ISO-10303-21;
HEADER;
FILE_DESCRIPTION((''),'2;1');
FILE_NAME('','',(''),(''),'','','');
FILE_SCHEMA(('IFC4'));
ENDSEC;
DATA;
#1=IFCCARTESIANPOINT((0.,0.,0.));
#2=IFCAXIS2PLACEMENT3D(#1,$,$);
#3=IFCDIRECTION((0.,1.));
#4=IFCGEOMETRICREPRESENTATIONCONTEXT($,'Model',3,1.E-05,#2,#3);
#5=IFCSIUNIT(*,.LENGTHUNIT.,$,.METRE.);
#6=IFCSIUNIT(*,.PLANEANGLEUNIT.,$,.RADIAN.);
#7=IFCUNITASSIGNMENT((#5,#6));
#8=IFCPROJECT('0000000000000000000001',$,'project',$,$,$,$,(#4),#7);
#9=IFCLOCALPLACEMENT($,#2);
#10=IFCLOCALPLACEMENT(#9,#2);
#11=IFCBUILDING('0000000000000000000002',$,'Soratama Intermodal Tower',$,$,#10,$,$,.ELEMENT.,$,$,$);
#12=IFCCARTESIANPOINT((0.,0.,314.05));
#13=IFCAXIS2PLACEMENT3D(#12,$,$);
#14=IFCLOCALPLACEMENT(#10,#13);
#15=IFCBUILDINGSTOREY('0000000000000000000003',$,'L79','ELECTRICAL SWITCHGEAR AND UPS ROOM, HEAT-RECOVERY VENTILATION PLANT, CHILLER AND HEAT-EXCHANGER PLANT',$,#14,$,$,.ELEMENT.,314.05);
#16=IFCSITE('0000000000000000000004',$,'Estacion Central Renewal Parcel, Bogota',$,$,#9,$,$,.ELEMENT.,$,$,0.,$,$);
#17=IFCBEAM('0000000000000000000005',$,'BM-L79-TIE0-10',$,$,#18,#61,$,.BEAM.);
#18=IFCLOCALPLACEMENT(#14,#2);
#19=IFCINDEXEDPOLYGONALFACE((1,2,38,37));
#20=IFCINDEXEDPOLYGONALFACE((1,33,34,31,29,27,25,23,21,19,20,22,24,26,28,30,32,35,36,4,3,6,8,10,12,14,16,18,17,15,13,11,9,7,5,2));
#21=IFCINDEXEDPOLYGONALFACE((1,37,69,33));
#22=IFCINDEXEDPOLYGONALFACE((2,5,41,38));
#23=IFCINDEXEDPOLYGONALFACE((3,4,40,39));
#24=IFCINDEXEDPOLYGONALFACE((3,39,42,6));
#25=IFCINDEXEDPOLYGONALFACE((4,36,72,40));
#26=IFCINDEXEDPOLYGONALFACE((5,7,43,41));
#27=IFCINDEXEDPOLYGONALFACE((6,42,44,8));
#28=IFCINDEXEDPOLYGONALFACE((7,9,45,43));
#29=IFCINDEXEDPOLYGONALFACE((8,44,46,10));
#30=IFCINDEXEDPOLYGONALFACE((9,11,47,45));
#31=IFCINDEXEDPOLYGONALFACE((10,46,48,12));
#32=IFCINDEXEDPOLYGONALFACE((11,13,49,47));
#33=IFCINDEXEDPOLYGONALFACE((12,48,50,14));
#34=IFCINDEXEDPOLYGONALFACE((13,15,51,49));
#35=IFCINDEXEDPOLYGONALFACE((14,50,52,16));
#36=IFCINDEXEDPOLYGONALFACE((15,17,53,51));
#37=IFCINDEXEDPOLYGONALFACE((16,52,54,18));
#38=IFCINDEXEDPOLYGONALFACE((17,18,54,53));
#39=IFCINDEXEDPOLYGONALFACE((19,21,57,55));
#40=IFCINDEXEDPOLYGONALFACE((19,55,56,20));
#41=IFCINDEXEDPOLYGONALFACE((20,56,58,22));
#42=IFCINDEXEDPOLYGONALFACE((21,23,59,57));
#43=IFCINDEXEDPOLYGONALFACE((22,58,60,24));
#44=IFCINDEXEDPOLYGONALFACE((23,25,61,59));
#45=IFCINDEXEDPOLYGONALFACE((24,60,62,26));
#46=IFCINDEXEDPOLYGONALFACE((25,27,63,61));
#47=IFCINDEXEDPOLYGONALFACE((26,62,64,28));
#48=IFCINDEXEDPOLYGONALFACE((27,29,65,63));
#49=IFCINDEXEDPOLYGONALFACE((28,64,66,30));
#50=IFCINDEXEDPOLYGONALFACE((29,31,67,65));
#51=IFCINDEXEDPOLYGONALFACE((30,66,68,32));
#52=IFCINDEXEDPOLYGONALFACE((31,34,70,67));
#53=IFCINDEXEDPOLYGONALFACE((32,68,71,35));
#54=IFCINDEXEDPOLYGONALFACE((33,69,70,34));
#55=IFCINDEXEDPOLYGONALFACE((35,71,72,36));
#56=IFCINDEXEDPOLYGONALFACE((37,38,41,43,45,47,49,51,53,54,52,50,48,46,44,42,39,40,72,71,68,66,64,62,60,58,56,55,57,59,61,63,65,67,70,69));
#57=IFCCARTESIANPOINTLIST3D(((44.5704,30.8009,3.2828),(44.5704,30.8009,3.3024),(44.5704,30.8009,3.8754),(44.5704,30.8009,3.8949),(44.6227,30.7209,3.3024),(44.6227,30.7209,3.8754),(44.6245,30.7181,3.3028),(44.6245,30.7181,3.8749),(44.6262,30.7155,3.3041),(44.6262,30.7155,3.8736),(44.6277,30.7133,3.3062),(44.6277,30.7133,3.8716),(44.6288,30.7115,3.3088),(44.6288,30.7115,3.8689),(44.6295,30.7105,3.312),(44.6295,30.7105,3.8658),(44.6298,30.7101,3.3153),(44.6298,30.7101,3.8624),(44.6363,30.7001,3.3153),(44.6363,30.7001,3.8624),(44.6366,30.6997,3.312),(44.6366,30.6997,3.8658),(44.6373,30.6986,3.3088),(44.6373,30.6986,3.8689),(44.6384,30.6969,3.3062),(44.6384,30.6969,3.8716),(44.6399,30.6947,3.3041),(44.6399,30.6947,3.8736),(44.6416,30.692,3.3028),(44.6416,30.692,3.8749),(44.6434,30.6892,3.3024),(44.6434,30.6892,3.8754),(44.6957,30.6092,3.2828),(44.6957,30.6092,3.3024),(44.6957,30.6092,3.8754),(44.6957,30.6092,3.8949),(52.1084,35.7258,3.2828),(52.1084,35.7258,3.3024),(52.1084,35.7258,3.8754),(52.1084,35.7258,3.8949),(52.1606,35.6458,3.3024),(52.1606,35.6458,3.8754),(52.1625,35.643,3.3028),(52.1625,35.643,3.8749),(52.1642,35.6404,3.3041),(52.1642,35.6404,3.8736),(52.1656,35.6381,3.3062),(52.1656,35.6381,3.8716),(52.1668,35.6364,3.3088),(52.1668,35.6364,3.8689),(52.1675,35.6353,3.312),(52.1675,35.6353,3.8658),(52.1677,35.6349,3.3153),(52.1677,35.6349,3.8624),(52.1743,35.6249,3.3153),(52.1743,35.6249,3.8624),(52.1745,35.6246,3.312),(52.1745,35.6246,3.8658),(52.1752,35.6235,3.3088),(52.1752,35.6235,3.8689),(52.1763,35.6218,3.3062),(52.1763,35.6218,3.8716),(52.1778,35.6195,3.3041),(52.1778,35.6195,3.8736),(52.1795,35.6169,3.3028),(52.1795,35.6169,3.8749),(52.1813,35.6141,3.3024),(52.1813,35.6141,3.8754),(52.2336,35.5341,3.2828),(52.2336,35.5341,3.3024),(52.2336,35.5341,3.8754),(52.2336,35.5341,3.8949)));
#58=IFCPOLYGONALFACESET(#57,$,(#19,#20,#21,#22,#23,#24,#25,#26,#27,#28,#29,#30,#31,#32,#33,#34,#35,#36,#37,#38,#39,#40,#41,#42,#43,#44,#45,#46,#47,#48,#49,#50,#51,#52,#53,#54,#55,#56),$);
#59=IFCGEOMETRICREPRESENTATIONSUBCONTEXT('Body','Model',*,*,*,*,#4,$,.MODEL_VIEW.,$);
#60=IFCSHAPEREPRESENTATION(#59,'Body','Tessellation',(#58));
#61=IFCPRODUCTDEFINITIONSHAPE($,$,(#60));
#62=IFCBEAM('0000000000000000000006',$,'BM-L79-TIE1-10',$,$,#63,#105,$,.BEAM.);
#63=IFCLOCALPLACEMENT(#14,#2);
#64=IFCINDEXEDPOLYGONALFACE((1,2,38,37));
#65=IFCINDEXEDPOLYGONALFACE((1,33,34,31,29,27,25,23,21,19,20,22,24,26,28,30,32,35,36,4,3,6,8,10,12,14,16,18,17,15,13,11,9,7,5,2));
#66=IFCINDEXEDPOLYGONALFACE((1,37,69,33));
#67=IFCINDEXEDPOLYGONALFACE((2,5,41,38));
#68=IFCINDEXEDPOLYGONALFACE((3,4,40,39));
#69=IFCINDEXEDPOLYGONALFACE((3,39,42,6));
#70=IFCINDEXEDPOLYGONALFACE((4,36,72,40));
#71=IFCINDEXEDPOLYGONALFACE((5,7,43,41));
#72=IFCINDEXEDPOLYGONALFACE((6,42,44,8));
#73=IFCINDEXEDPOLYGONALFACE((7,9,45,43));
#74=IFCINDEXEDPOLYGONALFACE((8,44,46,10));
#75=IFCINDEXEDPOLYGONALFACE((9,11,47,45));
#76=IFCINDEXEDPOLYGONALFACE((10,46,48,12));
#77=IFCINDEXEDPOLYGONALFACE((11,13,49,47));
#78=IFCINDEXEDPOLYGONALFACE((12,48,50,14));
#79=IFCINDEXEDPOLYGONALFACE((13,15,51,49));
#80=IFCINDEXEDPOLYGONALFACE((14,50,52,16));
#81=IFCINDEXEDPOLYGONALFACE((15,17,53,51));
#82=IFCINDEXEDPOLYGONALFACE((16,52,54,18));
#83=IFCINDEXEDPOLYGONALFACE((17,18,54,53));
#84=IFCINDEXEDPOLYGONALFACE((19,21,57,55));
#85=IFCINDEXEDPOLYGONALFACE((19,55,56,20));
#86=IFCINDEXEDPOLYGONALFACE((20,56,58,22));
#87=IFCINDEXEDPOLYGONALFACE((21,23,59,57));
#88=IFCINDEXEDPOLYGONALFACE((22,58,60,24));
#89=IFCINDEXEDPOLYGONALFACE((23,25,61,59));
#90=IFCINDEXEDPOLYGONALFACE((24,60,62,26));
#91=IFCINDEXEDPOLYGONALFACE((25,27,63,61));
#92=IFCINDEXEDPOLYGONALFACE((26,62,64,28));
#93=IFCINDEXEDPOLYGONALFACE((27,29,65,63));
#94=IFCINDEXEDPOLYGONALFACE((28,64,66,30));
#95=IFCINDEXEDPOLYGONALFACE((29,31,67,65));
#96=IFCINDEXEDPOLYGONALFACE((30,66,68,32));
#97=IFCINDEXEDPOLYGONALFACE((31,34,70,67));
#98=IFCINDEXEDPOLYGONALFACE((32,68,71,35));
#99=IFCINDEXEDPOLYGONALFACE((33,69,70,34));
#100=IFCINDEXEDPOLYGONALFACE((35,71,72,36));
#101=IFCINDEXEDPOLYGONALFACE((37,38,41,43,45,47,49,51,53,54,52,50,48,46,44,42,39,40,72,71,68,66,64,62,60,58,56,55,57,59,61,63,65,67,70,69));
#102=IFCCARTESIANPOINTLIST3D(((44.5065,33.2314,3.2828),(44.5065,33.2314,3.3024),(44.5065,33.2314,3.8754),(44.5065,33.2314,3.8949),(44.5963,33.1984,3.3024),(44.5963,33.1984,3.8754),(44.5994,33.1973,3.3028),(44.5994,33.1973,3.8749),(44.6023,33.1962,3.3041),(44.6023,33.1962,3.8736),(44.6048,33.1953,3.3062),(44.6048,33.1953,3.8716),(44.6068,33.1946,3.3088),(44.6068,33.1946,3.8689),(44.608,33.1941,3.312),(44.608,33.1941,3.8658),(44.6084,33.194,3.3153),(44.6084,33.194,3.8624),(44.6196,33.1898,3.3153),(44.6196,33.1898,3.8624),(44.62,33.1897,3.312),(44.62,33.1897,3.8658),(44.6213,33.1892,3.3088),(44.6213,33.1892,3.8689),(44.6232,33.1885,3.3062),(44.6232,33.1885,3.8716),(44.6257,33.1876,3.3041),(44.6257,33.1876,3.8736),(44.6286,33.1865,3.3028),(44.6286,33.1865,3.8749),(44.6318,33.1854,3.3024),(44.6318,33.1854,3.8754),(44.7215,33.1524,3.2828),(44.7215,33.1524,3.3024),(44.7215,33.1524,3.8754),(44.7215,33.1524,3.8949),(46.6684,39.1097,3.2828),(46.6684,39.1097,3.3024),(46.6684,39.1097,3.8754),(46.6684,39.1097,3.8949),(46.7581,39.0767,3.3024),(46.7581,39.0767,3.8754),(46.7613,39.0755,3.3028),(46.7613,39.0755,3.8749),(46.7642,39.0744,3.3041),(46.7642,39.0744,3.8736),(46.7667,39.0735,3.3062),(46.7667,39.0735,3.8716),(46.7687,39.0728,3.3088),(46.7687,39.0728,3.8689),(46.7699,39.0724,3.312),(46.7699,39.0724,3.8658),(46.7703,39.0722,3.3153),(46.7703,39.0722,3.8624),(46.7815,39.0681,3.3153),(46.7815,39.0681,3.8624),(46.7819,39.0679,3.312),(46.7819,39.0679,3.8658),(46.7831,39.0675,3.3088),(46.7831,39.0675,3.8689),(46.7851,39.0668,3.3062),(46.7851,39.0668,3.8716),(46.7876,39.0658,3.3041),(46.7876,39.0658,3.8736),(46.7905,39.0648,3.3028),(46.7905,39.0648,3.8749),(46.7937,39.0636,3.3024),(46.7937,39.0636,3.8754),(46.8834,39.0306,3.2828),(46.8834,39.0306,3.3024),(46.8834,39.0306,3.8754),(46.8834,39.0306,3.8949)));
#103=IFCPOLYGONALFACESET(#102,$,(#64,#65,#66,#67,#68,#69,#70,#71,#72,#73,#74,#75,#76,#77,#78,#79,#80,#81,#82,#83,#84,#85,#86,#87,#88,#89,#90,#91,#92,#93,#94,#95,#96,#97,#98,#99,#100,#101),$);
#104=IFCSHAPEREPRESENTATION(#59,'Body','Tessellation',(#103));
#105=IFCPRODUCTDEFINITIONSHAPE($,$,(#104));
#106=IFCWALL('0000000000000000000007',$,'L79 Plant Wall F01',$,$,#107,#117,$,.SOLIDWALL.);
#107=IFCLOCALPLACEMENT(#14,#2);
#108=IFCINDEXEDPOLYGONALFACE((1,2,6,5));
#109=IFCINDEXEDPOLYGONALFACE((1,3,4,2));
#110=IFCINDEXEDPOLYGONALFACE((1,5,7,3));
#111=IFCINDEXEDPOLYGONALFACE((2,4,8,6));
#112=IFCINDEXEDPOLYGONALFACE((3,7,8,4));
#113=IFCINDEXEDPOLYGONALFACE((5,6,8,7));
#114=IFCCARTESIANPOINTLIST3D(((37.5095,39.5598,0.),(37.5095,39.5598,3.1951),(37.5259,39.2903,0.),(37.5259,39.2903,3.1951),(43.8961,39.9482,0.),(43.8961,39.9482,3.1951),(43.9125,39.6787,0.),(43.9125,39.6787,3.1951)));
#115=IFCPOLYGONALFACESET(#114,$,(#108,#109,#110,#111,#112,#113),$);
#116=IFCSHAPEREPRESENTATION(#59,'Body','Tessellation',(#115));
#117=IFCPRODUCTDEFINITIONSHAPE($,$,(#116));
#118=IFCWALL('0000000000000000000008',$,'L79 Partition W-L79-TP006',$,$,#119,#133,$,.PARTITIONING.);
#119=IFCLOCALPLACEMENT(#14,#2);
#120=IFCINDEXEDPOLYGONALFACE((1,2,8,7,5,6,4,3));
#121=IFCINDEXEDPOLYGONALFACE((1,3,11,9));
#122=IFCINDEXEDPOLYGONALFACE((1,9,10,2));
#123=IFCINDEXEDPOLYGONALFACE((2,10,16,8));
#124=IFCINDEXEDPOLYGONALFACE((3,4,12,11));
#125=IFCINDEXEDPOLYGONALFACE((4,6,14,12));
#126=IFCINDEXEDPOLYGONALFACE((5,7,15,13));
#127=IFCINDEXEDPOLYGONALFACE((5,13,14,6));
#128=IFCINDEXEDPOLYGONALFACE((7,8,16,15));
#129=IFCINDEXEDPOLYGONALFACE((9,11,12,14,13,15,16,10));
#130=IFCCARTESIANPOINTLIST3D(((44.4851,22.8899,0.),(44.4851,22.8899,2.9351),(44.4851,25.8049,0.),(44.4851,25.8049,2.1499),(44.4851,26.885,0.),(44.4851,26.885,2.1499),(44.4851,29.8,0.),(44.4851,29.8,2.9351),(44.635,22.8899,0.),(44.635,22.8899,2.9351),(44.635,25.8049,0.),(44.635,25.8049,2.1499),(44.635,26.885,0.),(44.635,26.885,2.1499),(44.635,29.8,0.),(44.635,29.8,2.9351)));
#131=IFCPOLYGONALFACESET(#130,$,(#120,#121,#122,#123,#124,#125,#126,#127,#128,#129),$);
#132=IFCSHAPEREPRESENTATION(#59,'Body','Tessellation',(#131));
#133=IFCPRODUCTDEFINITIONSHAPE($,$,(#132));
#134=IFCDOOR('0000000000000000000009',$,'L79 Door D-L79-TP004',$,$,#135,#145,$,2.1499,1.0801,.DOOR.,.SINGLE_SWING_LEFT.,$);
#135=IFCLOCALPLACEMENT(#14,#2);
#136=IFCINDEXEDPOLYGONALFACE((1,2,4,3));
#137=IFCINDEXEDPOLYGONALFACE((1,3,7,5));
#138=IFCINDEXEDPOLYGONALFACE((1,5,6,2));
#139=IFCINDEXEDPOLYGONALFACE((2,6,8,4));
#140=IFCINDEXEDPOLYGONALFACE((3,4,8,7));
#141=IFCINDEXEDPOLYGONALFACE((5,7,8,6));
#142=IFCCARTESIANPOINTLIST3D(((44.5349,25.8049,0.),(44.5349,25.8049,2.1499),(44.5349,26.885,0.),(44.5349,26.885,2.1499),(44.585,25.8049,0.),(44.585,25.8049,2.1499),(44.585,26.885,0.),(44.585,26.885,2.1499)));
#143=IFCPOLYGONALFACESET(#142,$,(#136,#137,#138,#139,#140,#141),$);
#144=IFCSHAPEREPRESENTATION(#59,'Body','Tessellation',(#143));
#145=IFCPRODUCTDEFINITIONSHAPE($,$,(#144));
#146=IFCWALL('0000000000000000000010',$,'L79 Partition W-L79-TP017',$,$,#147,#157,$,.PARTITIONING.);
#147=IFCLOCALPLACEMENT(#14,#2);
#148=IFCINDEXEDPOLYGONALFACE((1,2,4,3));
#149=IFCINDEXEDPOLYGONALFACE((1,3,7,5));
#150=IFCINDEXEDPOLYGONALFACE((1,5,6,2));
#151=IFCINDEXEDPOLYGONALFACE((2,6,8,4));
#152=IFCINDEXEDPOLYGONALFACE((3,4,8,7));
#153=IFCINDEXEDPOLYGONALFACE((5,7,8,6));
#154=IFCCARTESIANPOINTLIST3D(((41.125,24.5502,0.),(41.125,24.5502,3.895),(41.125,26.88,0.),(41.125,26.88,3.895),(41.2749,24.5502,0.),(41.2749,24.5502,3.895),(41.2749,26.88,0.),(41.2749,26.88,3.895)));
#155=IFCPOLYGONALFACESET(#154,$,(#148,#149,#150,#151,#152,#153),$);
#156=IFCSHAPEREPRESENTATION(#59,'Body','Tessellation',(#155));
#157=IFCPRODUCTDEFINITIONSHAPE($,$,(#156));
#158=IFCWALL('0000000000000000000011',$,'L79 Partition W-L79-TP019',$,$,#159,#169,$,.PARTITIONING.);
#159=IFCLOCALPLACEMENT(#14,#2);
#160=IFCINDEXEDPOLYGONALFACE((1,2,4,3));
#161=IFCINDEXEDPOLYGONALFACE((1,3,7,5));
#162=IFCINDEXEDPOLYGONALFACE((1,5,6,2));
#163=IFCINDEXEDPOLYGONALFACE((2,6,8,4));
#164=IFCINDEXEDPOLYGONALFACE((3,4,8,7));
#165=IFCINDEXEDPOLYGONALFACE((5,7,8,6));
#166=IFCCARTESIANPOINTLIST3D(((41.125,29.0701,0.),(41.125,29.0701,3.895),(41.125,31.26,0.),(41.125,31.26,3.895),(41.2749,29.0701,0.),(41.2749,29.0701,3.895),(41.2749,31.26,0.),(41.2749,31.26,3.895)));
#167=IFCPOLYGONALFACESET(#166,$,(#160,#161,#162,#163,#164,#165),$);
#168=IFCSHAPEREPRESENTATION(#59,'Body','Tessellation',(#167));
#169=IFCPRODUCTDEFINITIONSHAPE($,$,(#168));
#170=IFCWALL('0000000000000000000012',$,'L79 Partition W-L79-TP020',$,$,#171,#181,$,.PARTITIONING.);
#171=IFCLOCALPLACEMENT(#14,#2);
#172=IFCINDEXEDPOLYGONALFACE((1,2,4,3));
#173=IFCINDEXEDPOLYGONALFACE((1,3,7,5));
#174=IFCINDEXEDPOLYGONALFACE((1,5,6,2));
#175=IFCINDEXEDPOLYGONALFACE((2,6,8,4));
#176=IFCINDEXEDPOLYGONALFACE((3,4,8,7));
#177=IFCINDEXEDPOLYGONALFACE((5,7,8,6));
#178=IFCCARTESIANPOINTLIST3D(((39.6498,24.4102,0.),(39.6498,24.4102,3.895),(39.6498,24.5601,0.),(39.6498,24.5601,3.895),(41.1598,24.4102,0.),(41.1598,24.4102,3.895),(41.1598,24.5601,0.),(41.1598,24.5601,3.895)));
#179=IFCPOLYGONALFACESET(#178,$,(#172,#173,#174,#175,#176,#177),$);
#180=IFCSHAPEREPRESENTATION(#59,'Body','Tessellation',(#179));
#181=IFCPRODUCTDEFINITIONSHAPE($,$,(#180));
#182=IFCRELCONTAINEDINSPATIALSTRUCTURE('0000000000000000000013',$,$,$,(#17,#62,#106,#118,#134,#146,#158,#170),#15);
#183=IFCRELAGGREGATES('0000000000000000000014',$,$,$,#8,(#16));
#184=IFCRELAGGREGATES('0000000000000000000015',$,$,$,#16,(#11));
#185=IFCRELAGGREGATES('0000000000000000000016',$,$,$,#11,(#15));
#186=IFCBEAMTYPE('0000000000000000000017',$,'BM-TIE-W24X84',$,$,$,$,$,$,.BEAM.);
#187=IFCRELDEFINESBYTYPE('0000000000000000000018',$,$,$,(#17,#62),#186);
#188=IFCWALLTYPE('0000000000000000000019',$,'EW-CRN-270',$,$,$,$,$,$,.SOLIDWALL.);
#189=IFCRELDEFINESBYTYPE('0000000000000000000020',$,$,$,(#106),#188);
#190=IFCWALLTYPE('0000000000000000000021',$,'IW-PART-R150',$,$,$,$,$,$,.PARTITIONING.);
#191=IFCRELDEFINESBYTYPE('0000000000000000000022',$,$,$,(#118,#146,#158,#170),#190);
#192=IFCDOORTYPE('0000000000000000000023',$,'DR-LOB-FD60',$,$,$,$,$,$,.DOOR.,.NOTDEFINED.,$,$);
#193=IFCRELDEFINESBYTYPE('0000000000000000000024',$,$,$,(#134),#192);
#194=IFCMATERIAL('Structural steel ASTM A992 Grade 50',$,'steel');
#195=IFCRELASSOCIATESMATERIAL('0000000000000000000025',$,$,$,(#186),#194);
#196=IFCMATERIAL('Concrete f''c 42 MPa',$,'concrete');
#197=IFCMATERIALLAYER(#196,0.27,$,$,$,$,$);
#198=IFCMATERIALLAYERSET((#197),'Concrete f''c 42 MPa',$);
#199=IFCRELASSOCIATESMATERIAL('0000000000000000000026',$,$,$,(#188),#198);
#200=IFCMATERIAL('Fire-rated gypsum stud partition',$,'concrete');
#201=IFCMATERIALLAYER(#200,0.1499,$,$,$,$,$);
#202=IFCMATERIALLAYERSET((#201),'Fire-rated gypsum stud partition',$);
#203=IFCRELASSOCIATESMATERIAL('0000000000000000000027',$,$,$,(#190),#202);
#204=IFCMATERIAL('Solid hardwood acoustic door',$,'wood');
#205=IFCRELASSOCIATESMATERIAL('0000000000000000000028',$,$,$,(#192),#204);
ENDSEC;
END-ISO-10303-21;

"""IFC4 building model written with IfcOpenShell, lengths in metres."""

from ifc_helpers import new_model, si_unit, direction, frame, frame_2d, origin, origin_2d, place, context, subcontext, project, spatial, rectangle, i_section, extrude, material, layer, layer_set, material_profile, profile_set, type_object, element, fill, save


model = new_model("IFC4")

# Units and contexts
model_context = context("Model", 3, precision=1e-05, world=origin(), true_north=direction((0.0, 1.0)))
body_context = subcontext(model_context, "Body", "Model", "MODEL_VIEW")
ifc_project = project(units=[si_unit("LENGTHUNIT", "METRE"), si_unit("PLANEANGLEUNIT", "RADIAN")], contexts=[model_context])

# Site, building, storey
site_placement = place(None, origin())
site = spatial("IfcSite", under=ifc_project, at=site_placement, Name="Estacion Central Renewal Parcel, Bogota", CompositionType="ELEMENT", RefElevation=0.0)
building_placement = place(site_placement, origin())
building = spatial("IfcBuilding", under=site, at=building_placement, Name="Soratama Intermodal Tower", CompositionType="ELEMENT")
storey_placement = place(building_placement, frame((0.0, 0.0, 314.05)))
storey = spatial("IfcBuildingStorey", under=building, at=storey_placement, Name="L79", Description="ELECTRICAL SWITCHGEAR AND UPS ROOM, HEAT-RECOVERY VENTILATION PLANT, CHILLER AND HEAT-EXCHANGER PLANT", CompositionType="ELEMENT", Elevation=314.05)

# Beams
ifc_material_1 = material(Name="Structural steel ASTM A992 Grade 50", Category="steel")
ifc_material_profile_1 = material_profile(ifc_material_1, i_section(OverallWidth=0.229, OverallDepth=0.6121, WebThickness=0.012, FlangeThickness=0.0195, FilletRadius=0.0129, at=origin_2d()), Name="W24X84")
ifc_profile_set_1 = profile_set([ifc_material_profile_1], Name="Structural steel ASTM A992 Grade 50")
beam_type_1 = type_object("IfcBeamType", Name="BM-TIE-W24X84", PredefinedType="BEAM", material=ifc_profile_set_1)
beam_1_placement = place(storey_placement, frame((44.6331, 30.7051, 3.5889), z_axis=(0.837162, 0.546955, 0.0), x_axis=(-0.546955, 0.837162, 0.0)))
element("IfcBeam", 1, at=beam_1_placement, inside=storey, type_object=beam_type_1, Name="BM-L79-TIE0-10", PredefinedType="BEAM", context=body_context, shape_type="SweptSolid", body=[
    extrude(i_section(OverallWidth=0.229, OverallDepth=0.6121, WebThickness=0.012, FlangeThickness=0.0195, FilletRadius=0.0129, at=origin_2d()), origin(), (0.0, 0.0, 1.0), 9.0042),
])
beam_2_placement = place(storey_placement, frame((44.614, 33.1919, 3.5889), z_axis=(0.345174, 0.938539, 0.0), x_axis=(-0.938539, 0.345174, 0.0)))
element("IfcBeam", 2, at=beam_2_placement, inside=storey, type_object=beam_type_1, Name="BM-L79-TIE1-10", PredefinedType="BEAM", context=body_context, shape_type="SweptSolid", body=[
    extrude(i_section(OverallWidth=0.229, OverallDepth=0.6121, WebThickness=0.012, FlangeThickness=0.0195, FilletRadius=0.0129, at=origin_2d()), origin(), (0.0, 0.0, 1.0), 6.2632),
])

# Wall
ifc_material_2 = material(Name="Concrete f'c 42 MPa", Category="concrete")
ifc_layer_1 = layer(ifc_material_2, 0.27)
ifc_layer_set_1 = layer_set([ifc_layer_1], Name="Concrete f'c 42 MPa")
wall_type_1 = type_object("IfcWallType", Name="EW-CRN-270", PredefinedType="SOLIDWALL", material=ifc_layer_set_1)
wall_1_placement = place(storey_placement, frame((43.9043, 39.8135, 0.0), z_axis=(0.0, 0.0, 1.0), x_axis=(-0.998156, -0.060706, 0.0)))
element("IfcWall", 3, at=wall_1_placement, inside=storey, type_object=wall_type_1, Name="L79 Plant Wall F01", PredefinedType="SOLIDWALL", context=body_context, shape_type="SweptSolid", body=[
    extrude(rectangle(XDim=6.3984, YDim=0.27, at=frame_2d((3.1992, 0.0))), origin(), (0.0, 0.0, 1.0), 3.1951),
])

# Wall, opening, door
ifc_material_3 = material(Name="Fire-rated gypsum stud partition", Category="concrete")
ifc_layer_2 = layer(ifc_material_3, 0.1499)
ifc_layer_set_2 = layer_set([ifc_layer_2], Name="Fire-rated gypsum stud partition")
wall_type_2 = type_object("IfcWallType", Name="IW-PART-R150", PredefinedType="PARTITIONING", material=ifc_layer_set_2)
wall_2_placement = place(storey_placement, frame((44.5601, 29.8, 0.0), z_axis=(0.0, 0.0, 1.0), x_axis=(0.0, -1.0, 0.0)))
wall_2 = element("IfcWall", 4, at=wall_2_placement, inside=storey, type_object=wall_type_2, Name="L79 Partition W-L79-TP006", PredefinedType="PARTITIONING", context=body_context, shape_type="SweptSolid", body=[
    extrude(rectangle(XDim=6.9102, YDim=0.1499, at=frame_2d((3.4551, 0.0))), origin(), (0.0, 0.0, 1.0), 2.9351),
])
opening_1_placement = place(wall_2_placement, frame((2.915, 0.0, 0.0)))
opening_1 = element("IfcOpeningElement", 5, at=opening_1_placement, cuts=wall_2, PredefinedType="OPENING", context=body_context, shape_type="SweptSolid", body=[
    extrude(rectangle(XDim=1.0801, YDim=2.1499, at=frame_2d((0.54, 1.075))), frame((0.0, 0.085, 0.0), z_axis=(0.0, -1.0, 0.0), x_axis=(1.0, 0.0, 0.0)), (0.0, 0.0, 1.0), 0.1699),
])
ifc_material_4 = material(Name="Solid hardwood acoustic door", Category="wood")
door_type_1 = type_object("IfcDoorType", Name="DR-LOB-FD60", OperationType="NOTDEFINED", PredefinedType="DOOR", material=ifc_material_4)
door_1_placement = place(opening_1_placement, origin())
door_1 = element("IfcDoor", 6, at=door_1_placement, inside=storey, type_object=door_type_1, Name="L79 Door D-L79-TP004", OperationType="SINGLE_SWING_LEFT", OverallHeight=2.1499, OverallWidth=1.0801, PredefinedType="DOOR", context=body_context, shape_type="SweptSolid", body=[
    extrude(rectangle(XDim=1.0801, YDim=2.1499, at=frame_2d((0.54, 1.075))), frame((0.0, 0.0249, 0.0), z_axis=(0.0, -1.0, 0.0), x_axis=(1.0, 0.0, 0.0)), (0.0, 0.0, 1.0), 0.05),
])
fill(opening_1, door_1)

# Walls
wall_3_placement = place(storey_placement, frame((41.2, 24.55, 0.0), z_axis=(0.0, 0.0, 1.0), x_axis=(0.0, 1.0, 0.0)))
element("IfcWall", 7, at=wall_3_placement, inside=storey, type_object=wall_type_2, Name="L79 Partition W-L79-TP017", PredefinedType="PARTITIONING", context=body_context, shape_type="SweptSolid", body=[
    extrude(rectangle(XDim=2.3298, YDim=0.1499, at=frame_2d((1.165, 0.0))), origin(), (0.0, 0.0, 1.0), 3.895),
])
wall_4_placement = place(storey_placement, frame((41.2, 29.0701, 0.0), z_axis=(0.0, 0.0, 1.0), x_axis=(0.0, 1.0, 0.0)))
element("IfcWall", 8, at=wall_4_placement, inside=storey, type_object=wall_type_2, Name="L79 Partition W-L79-TP019", PredefinedType="PARTITIONING", context=body_context, shape_type="SweptSolid", body=[
    extrude(rectangle(XDim=2.1899, YDim=0.1499, at=frame_2d((1.095, 0.0))), origin(), (0.0, 0.0, 1.0), 3.895),
])
wall_5_placement = place(storey_placement, frame((39.6499, 24.4851, 0.0), z_axis=(0.0, 0.0, 1.0), x_axis=(1.0, 0.0, 0.0)))
element("IfcWall", 9, at=wall_5_placement, inside=storey, type_object=wall_type_2, Name="L79 Partition W-L79-TP020", PredefinedType="PARTITIONING", context=body_context, shape_type="SweptSolid", body=[
    extrude(rectangle(XDim=1.51, YDim=0.1499, at=frame_2d((0.7549, 0.0))), origin(), (0.0, 0.0, 1.0), 3.895),
])

save(model, "model.ifc")
